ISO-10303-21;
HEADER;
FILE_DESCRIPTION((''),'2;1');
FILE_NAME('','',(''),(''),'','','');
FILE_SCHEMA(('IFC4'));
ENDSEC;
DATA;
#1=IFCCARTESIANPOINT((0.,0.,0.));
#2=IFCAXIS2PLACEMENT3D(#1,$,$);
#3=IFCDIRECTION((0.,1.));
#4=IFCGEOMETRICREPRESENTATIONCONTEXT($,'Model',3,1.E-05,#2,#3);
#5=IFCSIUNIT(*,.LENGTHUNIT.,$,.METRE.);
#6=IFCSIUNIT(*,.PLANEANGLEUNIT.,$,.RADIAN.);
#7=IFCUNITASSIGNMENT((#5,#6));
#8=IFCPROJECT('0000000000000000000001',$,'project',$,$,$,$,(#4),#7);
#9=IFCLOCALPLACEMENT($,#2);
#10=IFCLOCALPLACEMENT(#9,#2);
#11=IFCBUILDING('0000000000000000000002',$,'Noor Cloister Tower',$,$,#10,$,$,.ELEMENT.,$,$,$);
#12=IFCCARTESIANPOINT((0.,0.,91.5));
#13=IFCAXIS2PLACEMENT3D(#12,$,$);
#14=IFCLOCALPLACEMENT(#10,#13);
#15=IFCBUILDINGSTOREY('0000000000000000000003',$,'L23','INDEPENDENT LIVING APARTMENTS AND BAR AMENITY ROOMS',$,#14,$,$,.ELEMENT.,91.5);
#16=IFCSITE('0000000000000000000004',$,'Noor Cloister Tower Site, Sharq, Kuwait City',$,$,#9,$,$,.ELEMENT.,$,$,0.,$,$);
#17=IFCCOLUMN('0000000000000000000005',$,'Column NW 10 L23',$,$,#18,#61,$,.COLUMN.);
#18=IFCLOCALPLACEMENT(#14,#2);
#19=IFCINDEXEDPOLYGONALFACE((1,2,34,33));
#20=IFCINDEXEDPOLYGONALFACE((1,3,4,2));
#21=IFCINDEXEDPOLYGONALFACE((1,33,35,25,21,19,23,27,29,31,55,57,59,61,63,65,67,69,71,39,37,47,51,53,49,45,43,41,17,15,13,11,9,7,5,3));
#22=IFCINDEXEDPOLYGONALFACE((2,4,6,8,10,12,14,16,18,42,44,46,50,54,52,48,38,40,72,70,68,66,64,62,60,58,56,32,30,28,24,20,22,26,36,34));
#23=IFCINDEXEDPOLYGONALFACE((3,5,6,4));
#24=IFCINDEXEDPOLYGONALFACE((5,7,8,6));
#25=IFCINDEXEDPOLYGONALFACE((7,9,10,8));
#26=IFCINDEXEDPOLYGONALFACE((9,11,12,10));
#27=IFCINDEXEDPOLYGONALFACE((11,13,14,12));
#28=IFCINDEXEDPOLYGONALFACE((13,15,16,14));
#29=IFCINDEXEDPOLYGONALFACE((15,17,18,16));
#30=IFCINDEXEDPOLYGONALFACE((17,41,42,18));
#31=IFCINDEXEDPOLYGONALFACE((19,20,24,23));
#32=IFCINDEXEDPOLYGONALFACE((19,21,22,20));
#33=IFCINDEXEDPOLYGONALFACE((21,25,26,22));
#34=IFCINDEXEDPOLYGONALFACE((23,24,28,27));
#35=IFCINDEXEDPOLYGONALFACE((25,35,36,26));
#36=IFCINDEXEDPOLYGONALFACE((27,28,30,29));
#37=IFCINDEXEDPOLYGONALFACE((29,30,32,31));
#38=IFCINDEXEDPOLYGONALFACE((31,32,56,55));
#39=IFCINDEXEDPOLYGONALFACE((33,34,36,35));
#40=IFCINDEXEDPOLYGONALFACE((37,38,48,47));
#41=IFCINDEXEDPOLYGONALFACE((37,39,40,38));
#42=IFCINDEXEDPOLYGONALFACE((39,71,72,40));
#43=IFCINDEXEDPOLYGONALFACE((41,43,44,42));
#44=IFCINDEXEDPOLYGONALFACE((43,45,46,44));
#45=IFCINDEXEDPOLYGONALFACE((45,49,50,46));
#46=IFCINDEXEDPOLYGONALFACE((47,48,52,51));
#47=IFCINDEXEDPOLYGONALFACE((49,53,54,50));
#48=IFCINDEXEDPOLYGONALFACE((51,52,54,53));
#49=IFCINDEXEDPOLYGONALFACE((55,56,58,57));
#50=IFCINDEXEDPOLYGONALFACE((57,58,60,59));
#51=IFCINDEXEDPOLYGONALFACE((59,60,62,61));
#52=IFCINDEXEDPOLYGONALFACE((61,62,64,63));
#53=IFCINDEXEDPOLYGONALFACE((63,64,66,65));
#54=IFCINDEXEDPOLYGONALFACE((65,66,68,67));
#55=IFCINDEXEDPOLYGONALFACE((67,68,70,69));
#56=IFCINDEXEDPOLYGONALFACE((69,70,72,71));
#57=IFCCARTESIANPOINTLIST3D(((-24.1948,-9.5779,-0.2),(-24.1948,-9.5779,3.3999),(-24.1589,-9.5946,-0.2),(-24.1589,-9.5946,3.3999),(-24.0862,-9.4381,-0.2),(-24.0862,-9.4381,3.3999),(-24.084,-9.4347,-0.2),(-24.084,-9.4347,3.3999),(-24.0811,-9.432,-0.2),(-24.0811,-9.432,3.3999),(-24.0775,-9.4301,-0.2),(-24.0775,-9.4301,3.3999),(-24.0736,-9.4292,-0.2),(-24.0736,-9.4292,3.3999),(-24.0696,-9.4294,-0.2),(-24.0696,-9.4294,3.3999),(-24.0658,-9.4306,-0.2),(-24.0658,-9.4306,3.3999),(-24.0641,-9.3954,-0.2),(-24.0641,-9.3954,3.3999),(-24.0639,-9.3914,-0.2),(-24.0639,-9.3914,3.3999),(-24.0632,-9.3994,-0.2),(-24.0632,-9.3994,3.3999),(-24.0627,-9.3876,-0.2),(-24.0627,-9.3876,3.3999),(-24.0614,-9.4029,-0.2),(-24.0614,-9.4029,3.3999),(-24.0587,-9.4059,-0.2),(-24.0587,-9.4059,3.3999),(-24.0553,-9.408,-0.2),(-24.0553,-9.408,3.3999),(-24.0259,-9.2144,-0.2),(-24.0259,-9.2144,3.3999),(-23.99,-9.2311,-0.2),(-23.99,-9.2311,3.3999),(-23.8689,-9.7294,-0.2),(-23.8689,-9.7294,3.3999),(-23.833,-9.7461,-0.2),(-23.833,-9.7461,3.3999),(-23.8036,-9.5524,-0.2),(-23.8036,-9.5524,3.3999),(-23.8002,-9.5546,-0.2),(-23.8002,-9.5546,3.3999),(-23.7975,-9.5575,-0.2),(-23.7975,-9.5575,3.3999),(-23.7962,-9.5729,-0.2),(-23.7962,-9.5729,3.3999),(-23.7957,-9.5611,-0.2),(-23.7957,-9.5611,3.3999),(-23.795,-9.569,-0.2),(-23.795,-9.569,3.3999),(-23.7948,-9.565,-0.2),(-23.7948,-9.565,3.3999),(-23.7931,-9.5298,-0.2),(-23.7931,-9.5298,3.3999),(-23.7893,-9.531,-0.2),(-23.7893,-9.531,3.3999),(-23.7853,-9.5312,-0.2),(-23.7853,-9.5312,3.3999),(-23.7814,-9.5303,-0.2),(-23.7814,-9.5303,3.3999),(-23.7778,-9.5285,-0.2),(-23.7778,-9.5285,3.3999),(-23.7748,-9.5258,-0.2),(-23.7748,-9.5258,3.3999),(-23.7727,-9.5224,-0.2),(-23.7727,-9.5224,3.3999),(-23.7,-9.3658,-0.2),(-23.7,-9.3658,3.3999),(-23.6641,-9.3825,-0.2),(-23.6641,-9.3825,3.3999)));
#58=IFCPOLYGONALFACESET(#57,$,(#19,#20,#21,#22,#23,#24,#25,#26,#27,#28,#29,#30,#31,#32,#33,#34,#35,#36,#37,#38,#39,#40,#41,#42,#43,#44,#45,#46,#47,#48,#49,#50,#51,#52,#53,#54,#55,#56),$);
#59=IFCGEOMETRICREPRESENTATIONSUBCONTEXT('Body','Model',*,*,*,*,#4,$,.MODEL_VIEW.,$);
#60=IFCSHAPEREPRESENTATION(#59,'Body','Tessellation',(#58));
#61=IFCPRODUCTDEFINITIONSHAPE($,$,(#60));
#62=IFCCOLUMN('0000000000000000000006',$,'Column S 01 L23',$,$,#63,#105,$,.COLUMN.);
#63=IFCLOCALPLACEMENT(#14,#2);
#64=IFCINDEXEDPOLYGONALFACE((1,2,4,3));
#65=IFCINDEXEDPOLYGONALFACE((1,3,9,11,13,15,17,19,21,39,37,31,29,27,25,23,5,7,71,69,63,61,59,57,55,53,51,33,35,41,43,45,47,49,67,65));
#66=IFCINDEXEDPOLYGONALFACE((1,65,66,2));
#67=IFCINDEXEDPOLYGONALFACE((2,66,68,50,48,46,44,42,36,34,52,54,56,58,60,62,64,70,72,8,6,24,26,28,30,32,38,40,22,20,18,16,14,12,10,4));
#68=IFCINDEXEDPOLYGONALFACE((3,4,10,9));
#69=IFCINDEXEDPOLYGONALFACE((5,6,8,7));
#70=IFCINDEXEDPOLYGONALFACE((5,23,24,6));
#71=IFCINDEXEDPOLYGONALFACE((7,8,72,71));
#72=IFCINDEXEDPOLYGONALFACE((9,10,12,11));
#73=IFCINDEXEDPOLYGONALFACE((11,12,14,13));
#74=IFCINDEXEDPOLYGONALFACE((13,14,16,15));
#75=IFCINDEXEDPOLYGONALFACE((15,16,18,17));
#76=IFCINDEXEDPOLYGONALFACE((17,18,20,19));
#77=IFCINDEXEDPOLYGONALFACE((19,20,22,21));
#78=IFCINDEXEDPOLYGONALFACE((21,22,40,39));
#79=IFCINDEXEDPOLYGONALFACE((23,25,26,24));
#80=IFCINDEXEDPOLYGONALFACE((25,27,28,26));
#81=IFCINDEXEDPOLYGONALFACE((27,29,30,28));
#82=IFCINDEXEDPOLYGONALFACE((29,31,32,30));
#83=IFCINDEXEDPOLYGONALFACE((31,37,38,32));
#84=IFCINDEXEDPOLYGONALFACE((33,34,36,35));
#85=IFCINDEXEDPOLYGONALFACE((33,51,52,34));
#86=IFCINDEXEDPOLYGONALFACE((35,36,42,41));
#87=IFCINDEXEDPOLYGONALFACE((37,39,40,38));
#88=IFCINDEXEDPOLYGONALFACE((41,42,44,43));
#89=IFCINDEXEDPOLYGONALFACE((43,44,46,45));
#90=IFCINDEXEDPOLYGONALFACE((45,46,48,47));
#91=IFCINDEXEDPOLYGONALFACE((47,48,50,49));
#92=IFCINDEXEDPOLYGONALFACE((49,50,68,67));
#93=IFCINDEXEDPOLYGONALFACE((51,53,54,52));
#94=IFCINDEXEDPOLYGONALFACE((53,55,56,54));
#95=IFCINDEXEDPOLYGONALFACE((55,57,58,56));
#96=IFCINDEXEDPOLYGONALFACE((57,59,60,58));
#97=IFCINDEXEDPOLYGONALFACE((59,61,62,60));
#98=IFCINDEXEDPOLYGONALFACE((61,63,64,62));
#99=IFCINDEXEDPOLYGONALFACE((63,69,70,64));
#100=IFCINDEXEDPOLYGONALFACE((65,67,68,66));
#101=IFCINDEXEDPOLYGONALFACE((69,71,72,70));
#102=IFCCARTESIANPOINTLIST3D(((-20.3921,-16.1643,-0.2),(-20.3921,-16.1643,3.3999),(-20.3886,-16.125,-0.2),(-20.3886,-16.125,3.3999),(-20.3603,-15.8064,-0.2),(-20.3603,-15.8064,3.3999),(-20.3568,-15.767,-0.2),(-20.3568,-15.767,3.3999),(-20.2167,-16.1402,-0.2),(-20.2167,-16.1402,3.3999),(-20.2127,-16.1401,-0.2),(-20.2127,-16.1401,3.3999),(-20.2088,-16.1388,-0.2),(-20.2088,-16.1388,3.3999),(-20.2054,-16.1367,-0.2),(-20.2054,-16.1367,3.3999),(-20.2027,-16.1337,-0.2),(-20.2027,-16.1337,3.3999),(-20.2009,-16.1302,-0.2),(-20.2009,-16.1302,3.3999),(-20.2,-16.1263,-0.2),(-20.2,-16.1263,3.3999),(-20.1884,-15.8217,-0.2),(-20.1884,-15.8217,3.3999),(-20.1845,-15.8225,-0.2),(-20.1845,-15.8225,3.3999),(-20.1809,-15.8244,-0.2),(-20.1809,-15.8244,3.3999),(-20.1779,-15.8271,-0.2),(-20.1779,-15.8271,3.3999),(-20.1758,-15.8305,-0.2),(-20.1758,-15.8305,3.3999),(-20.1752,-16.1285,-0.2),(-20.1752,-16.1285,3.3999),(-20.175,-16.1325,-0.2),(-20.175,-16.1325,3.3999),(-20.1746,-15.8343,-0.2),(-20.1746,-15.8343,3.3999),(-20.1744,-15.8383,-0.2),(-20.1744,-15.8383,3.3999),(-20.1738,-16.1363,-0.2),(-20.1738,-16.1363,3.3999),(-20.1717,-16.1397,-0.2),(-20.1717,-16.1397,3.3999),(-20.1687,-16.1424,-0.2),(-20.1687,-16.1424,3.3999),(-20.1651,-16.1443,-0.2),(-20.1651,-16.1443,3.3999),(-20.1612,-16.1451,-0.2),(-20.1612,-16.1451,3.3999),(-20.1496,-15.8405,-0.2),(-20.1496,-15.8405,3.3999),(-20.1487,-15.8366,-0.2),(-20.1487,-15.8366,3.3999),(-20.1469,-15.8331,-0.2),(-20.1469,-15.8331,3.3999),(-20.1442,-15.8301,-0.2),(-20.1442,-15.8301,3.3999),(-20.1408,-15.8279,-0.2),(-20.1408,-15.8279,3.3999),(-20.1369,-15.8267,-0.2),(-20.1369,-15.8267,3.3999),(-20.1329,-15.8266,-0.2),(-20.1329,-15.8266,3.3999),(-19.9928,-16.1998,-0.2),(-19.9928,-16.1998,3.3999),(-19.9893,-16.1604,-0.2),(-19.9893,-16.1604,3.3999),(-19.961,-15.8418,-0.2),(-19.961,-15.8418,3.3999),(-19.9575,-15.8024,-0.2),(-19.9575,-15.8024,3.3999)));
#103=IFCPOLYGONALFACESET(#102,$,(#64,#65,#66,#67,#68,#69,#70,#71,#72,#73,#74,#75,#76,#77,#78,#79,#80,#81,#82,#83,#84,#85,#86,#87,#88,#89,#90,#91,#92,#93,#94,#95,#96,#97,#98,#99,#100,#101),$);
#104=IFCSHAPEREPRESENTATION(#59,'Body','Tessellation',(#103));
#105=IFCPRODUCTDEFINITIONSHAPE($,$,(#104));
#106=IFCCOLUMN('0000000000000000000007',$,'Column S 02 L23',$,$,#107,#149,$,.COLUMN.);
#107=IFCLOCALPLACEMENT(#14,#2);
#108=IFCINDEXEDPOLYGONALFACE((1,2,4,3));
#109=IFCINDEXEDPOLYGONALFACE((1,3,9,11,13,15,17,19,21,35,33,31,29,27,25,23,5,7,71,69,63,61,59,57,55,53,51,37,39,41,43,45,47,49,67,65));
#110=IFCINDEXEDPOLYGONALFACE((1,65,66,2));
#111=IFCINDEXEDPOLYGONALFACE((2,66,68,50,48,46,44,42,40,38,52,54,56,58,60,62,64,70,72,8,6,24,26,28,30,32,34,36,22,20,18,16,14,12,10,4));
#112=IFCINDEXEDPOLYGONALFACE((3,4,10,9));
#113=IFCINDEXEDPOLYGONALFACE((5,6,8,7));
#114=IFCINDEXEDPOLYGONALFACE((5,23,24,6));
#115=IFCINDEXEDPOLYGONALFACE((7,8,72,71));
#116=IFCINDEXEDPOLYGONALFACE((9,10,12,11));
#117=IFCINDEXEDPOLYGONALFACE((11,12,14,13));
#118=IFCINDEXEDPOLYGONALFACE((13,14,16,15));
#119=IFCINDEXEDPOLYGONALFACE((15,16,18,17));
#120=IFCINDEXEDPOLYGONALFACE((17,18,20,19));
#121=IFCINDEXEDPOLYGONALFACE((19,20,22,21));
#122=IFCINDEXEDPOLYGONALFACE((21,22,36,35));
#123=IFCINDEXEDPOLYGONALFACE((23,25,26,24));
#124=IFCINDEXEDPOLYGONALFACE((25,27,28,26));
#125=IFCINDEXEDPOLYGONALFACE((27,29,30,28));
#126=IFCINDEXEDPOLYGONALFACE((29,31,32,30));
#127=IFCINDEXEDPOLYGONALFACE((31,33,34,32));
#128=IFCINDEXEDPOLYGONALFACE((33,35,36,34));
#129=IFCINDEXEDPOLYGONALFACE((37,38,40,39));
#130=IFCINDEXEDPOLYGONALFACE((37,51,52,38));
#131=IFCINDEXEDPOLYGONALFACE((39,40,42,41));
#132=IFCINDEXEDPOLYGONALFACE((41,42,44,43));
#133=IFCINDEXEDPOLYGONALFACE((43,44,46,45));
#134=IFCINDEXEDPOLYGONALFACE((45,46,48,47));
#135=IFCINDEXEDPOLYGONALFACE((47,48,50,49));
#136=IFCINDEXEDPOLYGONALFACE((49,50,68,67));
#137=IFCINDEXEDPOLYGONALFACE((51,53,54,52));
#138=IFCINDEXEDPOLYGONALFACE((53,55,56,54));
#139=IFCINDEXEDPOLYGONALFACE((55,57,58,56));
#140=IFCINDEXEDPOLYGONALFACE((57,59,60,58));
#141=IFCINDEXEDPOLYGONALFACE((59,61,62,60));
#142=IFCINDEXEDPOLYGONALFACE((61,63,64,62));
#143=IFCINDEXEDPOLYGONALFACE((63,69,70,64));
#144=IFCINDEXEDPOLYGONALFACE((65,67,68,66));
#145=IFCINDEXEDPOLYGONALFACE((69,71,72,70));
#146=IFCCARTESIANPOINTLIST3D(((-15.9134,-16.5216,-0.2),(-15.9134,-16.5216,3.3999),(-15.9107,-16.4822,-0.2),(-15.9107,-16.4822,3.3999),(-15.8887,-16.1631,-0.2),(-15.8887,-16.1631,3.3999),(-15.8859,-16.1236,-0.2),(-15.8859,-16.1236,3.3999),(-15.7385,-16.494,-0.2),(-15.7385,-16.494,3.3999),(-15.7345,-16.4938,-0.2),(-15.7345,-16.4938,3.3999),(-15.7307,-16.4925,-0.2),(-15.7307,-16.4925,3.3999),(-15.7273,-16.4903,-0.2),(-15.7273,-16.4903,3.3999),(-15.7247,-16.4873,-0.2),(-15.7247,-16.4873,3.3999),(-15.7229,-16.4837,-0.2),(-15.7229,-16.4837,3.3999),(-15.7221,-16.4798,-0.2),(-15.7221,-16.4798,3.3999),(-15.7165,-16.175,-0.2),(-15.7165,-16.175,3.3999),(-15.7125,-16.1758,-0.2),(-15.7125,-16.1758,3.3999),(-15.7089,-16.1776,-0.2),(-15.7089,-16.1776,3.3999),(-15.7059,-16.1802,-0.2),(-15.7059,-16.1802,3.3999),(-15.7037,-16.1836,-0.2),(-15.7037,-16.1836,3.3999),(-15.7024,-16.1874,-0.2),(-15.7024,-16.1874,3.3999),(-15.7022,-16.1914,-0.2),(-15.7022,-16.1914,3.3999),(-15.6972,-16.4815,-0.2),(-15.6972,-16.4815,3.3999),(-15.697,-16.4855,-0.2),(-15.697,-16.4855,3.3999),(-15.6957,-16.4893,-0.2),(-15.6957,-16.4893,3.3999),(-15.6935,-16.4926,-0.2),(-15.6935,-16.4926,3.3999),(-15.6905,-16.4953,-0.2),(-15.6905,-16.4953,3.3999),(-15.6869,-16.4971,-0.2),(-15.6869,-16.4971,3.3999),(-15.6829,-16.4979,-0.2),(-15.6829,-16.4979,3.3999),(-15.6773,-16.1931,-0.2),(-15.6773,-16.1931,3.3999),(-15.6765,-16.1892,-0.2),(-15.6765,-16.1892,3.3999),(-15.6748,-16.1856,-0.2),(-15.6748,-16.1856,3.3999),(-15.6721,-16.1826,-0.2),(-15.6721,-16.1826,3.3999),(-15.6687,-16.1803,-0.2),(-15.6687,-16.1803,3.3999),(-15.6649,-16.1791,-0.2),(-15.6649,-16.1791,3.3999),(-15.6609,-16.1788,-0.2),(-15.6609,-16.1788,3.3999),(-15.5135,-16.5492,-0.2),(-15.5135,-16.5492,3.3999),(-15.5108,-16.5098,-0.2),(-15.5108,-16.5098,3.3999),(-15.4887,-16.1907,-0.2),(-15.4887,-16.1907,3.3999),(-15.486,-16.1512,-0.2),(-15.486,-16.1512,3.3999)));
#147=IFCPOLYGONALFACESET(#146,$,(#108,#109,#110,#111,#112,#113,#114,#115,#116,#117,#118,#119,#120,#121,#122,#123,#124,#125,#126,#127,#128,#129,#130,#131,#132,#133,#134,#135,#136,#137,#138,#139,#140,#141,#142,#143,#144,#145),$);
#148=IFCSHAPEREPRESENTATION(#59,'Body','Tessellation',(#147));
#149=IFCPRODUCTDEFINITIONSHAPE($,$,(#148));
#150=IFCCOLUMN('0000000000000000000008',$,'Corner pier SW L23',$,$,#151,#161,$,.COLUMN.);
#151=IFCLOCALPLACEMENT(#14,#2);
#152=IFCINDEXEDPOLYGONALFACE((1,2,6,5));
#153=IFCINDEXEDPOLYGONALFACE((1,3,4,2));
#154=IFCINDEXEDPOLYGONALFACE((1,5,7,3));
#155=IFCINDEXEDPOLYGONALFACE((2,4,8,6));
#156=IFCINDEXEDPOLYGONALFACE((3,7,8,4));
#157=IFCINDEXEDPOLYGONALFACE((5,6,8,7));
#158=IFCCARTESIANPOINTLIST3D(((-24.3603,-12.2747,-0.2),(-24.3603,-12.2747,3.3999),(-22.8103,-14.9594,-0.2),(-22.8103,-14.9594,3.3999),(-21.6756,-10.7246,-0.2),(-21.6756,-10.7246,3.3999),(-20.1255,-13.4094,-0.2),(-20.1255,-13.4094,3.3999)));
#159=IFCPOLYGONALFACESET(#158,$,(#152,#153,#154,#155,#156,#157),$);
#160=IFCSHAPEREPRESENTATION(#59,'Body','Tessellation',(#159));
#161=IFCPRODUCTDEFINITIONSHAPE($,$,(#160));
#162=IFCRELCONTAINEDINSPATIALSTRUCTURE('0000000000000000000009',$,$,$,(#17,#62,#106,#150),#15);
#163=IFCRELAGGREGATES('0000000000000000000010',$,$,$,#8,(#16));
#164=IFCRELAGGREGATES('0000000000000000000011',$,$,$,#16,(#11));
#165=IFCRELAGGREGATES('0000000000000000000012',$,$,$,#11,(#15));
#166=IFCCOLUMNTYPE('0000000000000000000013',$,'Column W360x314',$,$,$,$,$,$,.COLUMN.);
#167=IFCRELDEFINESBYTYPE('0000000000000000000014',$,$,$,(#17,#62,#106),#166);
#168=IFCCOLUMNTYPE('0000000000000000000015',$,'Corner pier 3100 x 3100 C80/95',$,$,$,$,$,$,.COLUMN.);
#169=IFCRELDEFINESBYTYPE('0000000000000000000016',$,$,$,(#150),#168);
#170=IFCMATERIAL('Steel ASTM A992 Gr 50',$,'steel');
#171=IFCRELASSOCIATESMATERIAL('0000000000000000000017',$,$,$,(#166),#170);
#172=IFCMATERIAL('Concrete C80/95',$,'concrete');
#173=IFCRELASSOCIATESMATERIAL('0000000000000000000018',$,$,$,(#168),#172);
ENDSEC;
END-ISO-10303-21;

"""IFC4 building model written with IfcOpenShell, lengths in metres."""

from ifc_helpers import new_model, si_unit, direction, frame, origin, origin_2d, place, context, subcontext, project, spatial, rectangle, i_section, extrude, material, material_profile, profile_set, type_object, element, save


model = new_model("IFC4")

# Units and contexts
model_context = context("Model", 3, precision=1e-05, world=origin(), true_north=direction((0.0, 1.0)))
body_context = subcontext(model_context, "Body", "Model", "MODEL_VIEW")
ifc_project = project(units=[si_unit("LENGTHUNIT", "METRE"), si_unit("PLANEANGLEUNIT", "RADIAN")], contexts=[model_context])

# Site, building, storey
site_placement = place(None, origin())
site = spatial("IfcSite", under=ifc_project, at=site_placement, Name="Noor Cloister Tower Site, Sharq, Kuwait City", CompositionType="ELEMENT", RefElevation=0.0)
building_placement = place(site_placement, origin())
building = spatial("IfcBuilding", under=site, at=building_placement, Name="Noor Cloister Tower", CompositionType="ELEMENT")
storey_placement = place(building_placement, frame((0.0, 0.0, 91.5)))
storey = spatial("IfcBuildingStorey", under=building, at=storey_placement, Name="L23", Description="INDEPENDENT LIVING APARTMENTS AND BAR AMENITY ROOMS", CompositionType="ELEMENT", Elevation=91.5)

# Columns
ifc_material_1 = material(Name="Steel ASTM A992 Gr 50", Category="steel")
ifc_material_profile_1 = material_profile(ifc_material_1, i_section(OverallWidth=0.4009, OverallDepth=0.3989, WebThickness=0.0249, FlangeThickness=0.0396, FilletRadius=0.0154, at=origin_2d()), Name="W360x314")
ifc_profile_set_1 = profile_set([ifc_material_profile_1], Name="Steel ASTM A992 Gr 50")
column_type_1 = type_object("IfcColumnType", Name="Column W360x314", PredefinedType="COLUMN", material=ifc_profile_set_1)
for number, where, z_axis, x_axis, name in (
    (1, (-23.9294, -9.4802, -0.2), (0.0, 0.0, 1.0), (-0.421432, -0.90686, 0.0), "Column NW 10 L23"),
    (2, (-20.1748, -15.9834, -0.2), (0.0, 0.0, 1.0), (0.99608, -0.088459, 0.0), "Column S 01 L23"),
    (3, (-15.6997, -16.3364, -0.2), (0.0, 0.0, 1.0), (0.997628, -0.068837, 0.0), "Column S 02 L23"),
):
    element("IfcColumn", number, at=place(storey_placement, frame(where, z_axis=z_axis, x_axis=x_axis)), inside=storey, type_object=column_type_1, Name=name, PredefinedType="COLUMN", context=body_context, shape_type="SweptSolid", body=[
        extrude(i_section(OverallWidth=0.4009, OverallDepth=0.3989, WebThickness=0.0249, FlangeThickness=0.0396, FilletRadius=0.0154, at=origin_2d()), origin(), (0.0, 0.0, 1.0), 3.5999),
    ])
ifc_material_2 = material(Name="Concrete C80/95", Category="concrete")
ifc_material_profile_2 = material_profile(ifc_material_2, rectangle(XDim=3.1001, YDim=3.1001, at=origin_2d()), Name="RC 3100x3100")
ifc_profile_set_2 = profile_set([ifc_material_profile_2], Name="Concrete C80/95")
column_type_2 = type_object("IfcColumnType", Name="Corner pier 3100 x 3100 C80/95", PredefinedType="COLUMN", material=ifc_profile_set_2)
column_placement = place(storey_placement, frame((-22.2429, -12.842, -0.2), z_axis=(0.0, 0.0, 1.0), x_axis=(-0.866025, -0.5, 0.0)))
element("IfcColumn", 4, at=column_placement, inside=storey, type_object=column_type_2, Name="Corner pier SW L23", PredefinedType="COLUMN", context=body_context, shape_type="SweptSolid", body=[
    extrude(rectangle(XDim=3.1001, YDim=3.1001, at=origin_2d()), origin(), (0.0, 0.0, 1.0), 3.5999),
])

save(model, "model.ifc")
